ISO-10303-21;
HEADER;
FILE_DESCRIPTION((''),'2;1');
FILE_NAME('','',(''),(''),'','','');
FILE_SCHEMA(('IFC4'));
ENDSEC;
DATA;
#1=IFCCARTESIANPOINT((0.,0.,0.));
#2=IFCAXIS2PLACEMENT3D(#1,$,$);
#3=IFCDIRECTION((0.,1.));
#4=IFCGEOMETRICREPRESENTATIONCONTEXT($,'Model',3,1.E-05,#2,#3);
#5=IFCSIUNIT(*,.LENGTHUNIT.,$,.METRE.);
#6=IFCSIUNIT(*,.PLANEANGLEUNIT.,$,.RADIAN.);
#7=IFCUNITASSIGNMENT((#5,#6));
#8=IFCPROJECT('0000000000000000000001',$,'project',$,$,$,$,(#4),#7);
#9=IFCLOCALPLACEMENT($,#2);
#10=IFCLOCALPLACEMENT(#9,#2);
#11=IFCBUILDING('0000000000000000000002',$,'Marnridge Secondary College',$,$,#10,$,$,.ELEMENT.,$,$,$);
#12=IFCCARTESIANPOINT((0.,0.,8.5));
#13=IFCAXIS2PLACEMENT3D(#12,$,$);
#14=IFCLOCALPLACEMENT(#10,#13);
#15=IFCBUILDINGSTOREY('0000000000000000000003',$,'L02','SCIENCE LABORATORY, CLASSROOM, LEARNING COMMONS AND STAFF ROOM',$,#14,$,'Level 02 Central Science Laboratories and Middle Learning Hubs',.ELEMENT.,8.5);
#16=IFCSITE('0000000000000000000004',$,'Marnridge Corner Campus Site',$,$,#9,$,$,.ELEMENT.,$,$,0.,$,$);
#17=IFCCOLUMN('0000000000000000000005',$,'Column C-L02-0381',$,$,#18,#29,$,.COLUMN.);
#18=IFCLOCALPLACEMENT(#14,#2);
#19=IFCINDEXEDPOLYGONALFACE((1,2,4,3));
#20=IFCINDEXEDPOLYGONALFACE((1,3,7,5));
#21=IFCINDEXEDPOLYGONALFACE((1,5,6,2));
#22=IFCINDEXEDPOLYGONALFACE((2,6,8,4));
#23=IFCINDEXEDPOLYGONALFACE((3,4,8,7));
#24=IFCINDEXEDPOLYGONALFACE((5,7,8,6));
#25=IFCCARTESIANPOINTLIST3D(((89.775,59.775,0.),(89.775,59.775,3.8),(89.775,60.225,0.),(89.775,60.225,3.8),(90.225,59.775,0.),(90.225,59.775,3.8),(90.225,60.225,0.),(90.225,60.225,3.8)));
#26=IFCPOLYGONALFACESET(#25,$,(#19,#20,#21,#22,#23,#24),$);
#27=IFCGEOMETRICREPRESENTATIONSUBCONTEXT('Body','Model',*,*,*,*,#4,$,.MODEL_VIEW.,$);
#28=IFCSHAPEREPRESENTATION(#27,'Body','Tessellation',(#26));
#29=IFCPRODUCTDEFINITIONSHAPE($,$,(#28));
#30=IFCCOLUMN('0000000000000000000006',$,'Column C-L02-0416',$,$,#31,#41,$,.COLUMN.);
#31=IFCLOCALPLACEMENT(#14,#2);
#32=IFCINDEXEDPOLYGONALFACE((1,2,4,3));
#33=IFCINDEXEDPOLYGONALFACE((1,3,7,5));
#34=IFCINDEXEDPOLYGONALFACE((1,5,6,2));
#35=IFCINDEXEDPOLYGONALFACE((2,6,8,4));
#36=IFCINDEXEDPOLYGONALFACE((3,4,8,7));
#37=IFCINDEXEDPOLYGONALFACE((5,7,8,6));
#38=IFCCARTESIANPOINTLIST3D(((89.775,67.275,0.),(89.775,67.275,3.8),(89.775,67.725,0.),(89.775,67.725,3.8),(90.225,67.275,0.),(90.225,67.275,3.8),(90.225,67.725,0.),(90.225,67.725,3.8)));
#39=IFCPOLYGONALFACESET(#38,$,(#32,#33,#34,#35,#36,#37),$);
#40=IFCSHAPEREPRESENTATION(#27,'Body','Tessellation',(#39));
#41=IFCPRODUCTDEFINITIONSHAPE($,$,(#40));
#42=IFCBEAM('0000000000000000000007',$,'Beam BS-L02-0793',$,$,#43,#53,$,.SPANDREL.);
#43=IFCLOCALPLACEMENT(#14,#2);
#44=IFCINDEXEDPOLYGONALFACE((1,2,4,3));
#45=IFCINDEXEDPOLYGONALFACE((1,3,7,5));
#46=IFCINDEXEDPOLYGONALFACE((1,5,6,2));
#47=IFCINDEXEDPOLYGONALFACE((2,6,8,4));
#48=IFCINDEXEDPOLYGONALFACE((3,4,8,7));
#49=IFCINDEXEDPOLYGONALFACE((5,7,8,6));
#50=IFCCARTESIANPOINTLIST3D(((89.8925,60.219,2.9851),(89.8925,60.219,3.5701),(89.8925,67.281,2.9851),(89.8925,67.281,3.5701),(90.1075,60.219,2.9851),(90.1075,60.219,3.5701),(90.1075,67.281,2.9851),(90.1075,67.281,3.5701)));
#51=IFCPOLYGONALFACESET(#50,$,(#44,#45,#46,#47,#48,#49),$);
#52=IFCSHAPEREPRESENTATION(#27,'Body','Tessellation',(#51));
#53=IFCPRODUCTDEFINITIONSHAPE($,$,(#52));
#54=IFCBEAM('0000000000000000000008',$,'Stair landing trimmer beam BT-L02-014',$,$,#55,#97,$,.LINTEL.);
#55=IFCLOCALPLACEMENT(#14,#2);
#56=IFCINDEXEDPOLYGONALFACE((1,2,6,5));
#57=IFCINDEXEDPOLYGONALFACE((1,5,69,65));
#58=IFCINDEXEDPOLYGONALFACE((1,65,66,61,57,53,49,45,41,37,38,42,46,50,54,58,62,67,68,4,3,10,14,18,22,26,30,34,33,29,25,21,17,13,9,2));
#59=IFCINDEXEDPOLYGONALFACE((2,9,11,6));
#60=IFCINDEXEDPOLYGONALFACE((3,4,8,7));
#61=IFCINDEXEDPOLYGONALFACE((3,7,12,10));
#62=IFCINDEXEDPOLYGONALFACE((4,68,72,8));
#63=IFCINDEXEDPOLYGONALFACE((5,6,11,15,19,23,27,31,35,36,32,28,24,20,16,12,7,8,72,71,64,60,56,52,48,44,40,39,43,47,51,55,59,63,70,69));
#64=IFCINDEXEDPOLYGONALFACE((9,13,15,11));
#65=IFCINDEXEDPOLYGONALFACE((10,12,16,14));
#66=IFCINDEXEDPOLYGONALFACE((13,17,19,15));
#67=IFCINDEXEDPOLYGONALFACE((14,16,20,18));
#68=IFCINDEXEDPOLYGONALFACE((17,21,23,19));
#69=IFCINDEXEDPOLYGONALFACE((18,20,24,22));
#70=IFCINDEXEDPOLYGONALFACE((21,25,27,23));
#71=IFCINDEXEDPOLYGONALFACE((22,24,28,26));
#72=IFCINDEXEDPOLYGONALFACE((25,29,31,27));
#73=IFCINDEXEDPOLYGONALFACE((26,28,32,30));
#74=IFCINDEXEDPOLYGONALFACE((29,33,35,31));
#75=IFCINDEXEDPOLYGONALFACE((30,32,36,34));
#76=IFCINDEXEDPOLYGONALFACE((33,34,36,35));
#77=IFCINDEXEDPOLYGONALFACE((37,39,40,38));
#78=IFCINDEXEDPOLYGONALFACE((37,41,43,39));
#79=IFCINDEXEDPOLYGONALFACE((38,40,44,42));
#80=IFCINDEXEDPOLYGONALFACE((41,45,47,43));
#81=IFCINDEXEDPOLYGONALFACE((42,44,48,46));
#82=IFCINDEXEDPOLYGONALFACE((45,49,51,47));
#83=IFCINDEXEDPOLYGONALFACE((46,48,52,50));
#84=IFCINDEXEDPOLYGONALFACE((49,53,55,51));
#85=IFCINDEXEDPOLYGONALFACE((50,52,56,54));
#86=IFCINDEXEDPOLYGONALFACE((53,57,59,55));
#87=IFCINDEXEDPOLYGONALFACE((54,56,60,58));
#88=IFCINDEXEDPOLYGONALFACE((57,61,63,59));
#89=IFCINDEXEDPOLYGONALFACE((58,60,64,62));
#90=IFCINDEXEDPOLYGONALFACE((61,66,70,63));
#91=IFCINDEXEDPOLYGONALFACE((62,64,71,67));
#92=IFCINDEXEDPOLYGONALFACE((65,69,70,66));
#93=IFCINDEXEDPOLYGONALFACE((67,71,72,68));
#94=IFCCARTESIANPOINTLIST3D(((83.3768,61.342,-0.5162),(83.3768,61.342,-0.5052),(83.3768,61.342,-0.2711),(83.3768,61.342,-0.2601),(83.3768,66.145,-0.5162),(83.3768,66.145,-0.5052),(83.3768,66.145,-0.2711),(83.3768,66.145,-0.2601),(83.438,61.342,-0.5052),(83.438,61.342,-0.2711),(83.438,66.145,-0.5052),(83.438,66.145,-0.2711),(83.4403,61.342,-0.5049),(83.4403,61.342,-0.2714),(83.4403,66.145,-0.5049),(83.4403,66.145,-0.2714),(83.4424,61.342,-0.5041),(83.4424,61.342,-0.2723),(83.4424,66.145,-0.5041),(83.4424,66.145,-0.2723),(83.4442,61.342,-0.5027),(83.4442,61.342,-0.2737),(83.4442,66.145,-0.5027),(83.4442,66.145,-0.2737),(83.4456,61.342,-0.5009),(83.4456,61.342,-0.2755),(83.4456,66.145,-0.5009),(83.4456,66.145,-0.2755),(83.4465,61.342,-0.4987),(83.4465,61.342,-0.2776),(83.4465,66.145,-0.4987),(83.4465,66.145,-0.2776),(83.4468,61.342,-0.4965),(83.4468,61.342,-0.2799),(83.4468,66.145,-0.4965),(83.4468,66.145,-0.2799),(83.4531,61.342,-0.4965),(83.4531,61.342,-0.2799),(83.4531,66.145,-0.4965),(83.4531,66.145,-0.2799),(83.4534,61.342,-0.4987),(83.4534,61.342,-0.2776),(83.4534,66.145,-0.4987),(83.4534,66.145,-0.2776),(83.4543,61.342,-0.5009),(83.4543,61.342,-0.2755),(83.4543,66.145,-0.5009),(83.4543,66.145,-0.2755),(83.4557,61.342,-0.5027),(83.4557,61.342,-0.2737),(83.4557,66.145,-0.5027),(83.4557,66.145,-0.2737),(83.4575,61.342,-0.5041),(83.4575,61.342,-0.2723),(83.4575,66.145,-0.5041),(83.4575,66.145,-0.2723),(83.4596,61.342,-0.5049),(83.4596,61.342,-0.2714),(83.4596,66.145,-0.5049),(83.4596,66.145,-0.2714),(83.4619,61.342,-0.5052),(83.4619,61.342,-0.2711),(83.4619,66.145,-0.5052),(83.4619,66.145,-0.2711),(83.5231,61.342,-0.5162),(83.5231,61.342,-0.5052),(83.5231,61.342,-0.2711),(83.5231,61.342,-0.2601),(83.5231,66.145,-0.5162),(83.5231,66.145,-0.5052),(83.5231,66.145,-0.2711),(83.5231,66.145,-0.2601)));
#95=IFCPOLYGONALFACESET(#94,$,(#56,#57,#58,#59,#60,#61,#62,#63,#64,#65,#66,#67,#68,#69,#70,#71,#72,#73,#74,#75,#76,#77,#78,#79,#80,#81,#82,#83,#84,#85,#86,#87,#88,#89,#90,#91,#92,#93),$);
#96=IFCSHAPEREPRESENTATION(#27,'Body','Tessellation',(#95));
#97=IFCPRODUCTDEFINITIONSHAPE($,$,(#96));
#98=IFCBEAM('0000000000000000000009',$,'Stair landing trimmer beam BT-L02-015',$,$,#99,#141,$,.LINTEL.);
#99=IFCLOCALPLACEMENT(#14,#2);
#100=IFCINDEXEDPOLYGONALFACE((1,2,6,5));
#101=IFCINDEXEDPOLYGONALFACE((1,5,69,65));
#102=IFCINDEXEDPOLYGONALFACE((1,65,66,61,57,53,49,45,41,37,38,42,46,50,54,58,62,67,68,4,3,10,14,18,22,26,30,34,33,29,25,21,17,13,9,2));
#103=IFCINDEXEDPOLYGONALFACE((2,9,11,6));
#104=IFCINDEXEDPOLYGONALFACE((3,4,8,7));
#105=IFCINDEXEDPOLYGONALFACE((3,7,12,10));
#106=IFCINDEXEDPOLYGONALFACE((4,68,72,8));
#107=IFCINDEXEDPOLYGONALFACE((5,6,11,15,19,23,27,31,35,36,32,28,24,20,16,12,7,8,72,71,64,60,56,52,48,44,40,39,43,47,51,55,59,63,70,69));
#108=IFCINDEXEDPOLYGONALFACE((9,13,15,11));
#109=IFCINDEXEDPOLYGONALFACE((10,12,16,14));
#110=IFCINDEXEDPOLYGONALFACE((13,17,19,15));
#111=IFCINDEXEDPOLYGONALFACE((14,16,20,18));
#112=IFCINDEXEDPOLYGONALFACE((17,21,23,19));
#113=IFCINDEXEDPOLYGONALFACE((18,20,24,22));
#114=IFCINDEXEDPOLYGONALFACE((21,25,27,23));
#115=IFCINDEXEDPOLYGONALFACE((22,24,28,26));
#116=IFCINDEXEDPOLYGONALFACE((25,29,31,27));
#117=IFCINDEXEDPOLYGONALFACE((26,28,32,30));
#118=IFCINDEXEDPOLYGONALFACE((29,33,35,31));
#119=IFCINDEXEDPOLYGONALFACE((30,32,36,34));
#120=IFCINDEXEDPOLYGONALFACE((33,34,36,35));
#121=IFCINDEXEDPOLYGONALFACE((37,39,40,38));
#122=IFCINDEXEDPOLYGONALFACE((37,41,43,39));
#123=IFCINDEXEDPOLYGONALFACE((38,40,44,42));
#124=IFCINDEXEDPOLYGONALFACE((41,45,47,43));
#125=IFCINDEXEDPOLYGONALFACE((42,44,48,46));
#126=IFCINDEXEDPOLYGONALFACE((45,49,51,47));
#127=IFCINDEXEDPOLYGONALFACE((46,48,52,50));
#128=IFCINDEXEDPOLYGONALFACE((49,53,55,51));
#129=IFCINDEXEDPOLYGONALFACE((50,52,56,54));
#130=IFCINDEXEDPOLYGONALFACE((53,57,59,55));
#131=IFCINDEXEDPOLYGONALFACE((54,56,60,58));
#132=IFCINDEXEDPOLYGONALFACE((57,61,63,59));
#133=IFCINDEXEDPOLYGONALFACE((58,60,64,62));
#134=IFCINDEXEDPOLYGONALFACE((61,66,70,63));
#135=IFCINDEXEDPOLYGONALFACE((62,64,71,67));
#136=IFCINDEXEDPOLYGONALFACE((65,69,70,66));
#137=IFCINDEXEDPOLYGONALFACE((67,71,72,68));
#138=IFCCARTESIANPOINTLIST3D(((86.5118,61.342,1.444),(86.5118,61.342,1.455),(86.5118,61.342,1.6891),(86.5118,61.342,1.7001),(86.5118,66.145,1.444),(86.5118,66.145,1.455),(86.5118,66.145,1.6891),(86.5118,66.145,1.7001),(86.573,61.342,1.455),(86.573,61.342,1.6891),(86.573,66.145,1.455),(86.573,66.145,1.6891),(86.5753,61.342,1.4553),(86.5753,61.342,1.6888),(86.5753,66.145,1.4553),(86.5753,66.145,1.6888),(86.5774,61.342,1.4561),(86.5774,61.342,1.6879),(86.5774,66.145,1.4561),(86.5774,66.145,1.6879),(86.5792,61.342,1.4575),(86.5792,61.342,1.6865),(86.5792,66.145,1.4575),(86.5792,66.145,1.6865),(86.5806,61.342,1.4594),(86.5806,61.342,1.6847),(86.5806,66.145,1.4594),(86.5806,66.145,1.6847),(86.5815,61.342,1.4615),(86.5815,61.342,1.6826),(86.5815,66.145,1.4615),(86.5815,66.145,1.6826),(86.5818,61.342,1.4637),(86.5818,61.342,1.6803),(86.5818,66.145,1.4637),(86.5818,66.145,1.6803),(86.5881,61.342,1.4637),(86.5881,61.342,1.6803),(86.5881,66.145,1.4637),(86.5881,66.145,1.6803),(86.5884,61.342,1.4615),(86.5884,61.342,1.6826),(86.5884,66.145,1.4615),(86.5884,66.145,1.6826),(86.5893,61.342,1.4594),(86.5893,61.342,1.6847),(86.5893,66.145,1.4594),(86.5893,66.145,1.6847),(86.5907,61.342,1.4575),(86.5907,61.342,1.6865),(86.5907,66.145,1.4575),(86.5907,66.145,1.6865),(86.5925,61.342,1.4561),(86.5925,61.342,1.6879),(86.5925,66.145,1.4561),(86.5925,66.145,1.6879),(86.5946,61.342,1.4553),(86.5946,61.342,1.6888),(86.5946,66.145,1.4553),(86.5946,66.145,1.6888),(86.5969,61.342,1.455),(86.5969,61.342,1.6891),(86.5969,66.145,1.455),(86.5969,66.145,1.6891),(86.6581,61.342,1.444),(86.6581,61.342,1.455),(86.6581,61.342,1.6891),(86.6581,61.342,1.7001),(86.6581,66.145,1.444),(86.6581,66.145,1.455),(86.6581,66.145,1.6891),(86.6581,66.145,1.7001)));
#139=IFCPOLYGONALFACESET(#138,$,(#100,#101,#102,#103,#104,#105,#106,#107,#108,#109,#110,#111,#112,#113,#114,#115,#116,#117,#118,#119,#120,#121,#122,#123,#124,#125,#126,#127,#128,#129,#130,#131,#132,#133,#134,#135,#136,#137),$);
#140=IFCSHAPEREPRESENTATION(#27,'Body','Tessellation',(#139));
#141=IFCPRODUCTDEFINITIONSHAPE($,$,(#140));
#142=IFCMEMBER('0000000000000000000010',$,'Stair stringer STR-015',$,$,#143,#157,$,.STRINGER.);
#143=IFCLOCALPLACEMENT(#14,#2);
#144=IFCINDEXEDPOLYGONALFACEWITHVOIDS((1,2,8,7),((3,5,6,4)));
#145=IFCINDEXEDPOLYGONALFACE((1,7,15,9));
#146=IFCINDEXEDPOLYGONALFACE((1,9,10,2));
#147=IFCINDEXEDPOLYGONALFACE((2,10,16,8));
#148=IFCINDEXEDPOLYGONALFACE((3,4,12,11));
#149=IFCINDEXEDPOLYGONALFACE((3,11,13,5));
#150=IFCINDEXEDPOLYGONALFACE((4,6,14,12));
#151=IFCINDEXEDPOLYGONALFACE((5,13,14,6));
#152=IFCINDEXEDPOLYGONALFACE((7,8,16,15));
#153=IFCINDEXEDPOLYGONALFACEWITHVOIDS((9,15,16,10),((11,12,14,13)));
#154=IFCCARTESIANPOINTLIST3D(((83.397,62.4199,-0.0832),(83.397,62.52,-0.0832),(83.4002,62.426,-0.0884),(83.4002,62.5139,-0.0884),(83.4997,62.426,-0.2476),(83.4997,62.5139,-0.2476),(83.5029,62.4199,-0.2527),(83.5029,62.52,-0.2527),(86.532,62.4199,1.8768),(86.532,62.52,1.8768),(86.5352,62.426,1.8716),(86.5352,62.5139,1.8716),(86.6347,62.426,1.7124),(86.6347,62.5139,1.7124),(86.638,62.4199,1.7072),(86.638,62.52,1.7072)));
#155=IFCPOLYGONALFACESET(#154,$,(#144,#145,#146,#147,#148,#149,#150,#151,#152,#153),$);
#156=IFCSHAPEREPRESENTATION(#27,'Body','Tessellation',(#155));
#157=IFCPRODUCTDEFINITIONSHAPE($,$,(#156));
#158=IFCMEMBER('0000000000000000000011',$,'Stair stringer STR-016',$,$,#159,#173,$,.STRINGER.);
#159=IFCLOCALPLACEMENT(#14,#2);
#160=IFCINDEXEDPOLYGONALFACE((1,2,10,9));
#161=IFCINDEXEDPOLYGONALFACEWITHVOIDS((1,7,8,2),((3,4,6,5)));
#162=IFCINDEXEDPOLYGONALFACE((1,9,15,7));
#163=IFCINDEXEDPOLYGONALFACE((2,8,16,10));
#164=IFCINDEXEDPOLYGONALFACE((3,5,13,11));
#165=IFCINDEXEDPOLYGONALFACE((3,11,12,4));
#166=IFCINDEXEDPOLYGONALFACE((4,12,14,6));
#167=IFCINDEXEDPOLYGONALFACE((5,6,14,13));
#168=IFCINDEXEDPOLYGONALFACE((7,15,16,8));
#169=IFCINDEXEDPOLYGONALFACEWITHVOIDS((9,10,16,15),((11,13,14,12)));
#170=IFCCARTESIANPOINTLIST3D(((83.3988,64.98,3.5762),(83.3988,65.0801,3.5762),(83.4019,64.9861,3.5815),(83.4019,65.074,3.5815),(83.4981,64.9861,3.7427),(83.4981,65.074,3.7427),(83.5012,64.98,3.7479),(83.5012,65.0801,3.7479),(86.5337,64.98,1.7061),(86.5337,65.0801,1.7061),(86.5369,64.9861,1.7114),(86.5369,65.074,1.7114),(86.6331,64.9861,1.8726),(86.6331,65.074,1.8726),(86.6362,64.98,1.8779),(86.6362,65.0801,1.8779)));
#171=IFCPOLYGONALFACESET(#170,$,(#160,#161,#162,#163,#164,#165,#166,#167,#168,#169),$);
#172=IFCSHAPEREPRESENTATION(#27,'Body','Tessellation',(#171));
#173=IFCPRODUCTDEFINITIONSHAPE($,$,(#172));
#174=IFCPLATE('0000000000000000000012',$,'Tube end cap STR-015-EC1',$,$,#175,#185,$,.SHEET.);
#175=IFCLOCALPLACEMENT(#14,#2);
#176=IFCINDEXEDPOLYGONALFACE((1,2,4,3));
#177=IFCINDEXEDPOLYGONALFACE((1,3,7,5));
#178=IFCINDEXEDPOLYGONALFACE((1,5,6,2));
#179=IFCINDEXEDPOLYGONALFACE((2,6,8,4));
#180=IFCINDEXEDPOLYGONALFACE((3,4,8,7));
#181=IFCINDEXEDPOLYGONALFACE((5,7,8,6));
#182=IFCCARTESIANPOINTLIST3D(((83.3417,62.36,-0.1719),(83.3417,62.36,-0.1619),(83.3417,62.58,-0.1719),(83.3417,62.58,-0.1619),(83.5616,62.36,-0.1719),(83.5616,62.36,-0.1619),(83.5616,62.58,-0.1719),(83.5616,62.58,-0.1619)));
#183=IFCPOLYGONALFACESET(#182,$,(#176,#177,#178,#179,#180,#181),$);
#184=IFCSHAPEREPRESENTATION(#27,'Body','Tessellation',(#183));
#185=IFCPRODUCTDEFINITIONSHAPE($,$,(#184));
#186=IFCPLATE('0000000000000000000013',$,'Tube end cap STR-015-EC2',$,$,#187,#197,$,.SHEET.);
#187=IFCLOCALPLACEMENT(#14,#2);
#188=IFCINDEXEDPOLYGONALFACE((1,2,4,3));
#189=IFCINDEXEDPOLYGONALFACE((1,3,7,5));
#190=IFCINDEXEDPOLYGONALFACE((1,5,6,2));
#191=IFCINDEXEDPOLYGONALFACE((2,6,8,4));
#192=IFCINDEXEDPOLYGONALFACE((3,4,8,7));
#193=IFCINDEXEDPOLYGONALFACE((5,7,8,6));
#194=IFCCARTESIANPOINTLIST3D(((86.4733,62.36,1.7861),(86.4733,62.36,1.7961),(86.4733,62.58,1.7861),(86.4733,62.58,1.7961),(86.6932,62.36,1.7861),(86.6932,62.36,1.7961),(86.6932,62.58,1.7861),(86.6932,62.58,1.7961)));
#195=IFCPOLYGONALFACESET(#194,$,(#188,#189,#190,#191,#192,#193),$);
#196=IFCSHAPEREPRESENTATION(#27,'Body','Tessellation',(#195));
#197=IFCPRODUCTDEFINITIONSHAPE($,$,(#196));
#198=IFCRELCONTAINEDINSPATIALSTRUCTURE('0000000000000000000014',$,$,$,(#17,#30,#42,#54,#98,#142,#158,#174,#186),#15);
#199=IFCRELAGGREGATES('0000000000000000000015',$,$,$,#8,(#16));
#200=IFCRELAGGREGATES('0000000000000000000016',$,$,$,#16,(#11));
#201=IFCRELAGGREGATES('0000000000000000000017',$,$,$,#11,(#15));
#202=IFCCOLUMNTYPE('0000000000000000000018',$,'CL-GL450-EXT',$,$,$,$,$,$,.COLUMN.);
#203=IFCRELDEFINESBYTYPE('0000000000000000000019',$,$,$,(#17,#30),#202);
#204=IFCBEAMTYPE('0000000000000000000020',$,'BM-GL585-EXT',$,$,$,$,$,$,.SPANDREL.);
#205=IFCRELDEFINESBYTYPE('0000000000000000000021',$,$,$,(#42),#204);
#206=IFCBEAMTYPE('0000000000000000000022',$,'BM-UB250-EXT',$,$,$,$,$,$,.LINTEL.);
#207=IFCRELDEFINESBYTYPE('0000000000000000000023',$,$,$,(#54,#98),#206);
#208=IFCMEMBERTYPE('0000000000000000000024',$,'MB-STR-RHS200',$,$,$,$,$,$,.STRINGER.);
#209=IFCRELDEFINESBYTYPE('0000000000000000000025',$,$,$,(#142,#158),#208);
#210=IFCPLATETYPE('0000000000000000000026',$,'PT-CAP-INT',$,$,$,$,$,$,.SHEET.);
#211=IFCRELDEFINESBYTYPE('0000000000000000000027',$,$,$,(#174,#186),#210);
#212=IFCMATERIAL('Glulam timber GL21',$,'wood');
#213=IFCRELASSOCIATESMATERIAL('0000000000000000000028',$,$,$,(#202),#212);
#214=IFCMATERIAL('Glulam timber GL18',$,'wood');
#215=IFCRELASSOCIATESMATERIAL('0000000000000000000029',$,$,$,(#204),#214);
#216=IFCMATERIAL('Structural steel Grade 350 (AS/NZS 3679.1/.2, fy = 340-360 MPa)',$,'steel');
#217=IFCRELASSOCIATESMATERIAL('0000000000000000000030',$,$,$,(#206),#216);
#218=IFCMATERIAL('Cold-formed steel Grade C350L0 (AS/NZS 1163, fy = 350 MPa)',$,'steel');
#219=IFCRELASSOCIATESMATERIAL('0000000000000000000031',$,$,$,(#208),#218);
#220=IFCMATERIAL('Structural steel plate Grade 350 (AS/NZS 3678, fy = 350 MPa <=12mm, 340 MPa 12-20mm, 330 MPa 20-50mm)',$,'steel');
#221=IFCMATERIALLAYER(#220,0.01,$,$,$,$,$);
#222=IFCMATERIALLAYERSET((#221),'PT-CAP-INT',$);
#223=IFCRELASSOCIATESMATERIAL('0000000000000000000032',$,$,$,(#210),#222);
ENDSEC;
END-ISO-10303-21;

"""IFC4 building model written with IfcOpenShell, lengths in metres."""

from ifc_helpers import new_model, si_unit, direction, frame, origin, origin_2d, place, context, subcontext, project, spatial, rectangle, hollow_rectangle, i_section, extrude, material, layer, layer_set, material_profile, profile_set, type_object, element, save


model = new_model("IFC4")

# Units and contexts
model_context = context("Model", 3, precision=1e-05, world=origin(), true_north=direction((0.0, 1.0)))
body_context = subcontext(model_context, "Body", "Model", "MODEL_VIEW")
ifc_project = project(units=[si_unit("LENGTHUNIT", "METRE"), si_unit("PLANEANGLEUNIT", "RADIAN")], contexts=[model_context])

# Site, building, storey
site_placement = place(None, origin())
site = spatial("IfcSite", under=ifc_project, at=site_placement, Name="Marnridge Corner Campus Site", CompositionType="ELEMENT", RefElevation=0.0)
building_placement = place(site_placement, origin())
building = spatial("IfcBuilding", under=site, at=building_placement, Name="Marnridge Secondary College", CompositionType="ELEMENT")
storey_placement = place(building_placement, frame((0.0, 0.0, 8.5)))
storey = spatial("IfcBuildingStorey", under=building, at=storey_placement, Name="L02", Description="SCIENCE LABORATORY, CLASSROOM, LEARNING COMMONS AND STAFF ROOM", LongName="Level 02 Central Science Laboratories and Middle Learning Hubs", CompositionType="ELEMENT", Elevation=8.5)

# Columns
ifc_material_1 = material(Name="Glulam timber GL21", Category="wood")
ifc_material_profile_1 = material_profile(ifc_material_1, rectangle(XDim=0.45, YDim=0.45, at=origin_2d()), Name="GL21 450x450")
ifc_profile_set_1 = profile_set([ifc_material_profile_1], Name="Glulam timber GL21")
column_type = type_object("IfcColumnType", Name="CL-GL450-EXT", PredefinedType="COLUMN", material=ifc_profile_set_1)
for number, where, z_axis, x_axis, name in (
    (1, (90.0, 60.0, 0.0), (0.0, 0.0, 1.0), (1.0, 0.0, 0.0), "Column C-L02-0381"),
    (2, (90.0, 67.5, 0.0), (0.0, 0.0, 1.0), (1.0, 0.0, 0.0), "Column C-L02-0416"),
):
    element("IfcColumn", number, at=place(storey_placement, frame(where, z_axis=z_axis, x_axis=x_axis)), inside=storey, type_object=column_type, Name=name, PredefinedType="COLUMN", context=body_context, shape_type="SweptSolid", body=[
        extrude(rectangle(XDim=0.45, YDim=0.45, at=origin_2d()), origin(), (0.0, 0.0, 1.0), 3.8),
    ])

# Beams
ifc_material_2 = material(Name="Glulam timber GL18", Category="wood")
ifc_material_profile_2 = material_profile(ifc_material_2, rectangle(XDim=0.2151, YDim=0.585, at=origin_2d()), Name="GL18 215x585")
ifc_profile_set_2 = profile_set([ifc_material_profile_2], Name="Glulam timber GL18")
beam_type_1 = type_object("IfcBeamType", Name="BM-GL585-EXT", PredefinedType="SPANDREL", material=ifc_profile_set_2)
beam_placement = place(storey_placement, frame((90.0, 60.219, 3.2776), z_axis=(0.0, 1.0, 0.0), x_axis=(-1.0, 0.0, 0.0)))
element("IfcBeam", 3, at=beam_placement, inside=storey, type_object=beam_type_1, Name="Beam BS-L02-0793", PredefinedType="SPANDREL", context=body_context, shape_type="SweptSolid", body=[
    extrude(rectangle(XDim=0.2151, YDim=0.585, at=origin_2d()), origin(), (0.0, 0.0, 1.0), 7.062),
])
ifc_material_3 = material(Name="Structural steel Grade 350 (AS/NZS 3679.1/.2, fy = 340-360 MPa)", Category="steel")
ifc_material_profile_3 = material_profile(ifc_material_3, i_section(OverallWidth=0.1462, OverallDepth=0.2561, WebThickness=0.0063, FlangeThickness=0.011, FilletRadius=0.0088, at=origin_2d()), Name="250UB37.3")
ifc_profile_set_3 = profile_set([ifc_material_profile_3], Name="Structural steel Grade 350 (AS/NZS 3679.1/.2, fy = 340-360 MPa)")
beam_type_2 = type_object("IfcBeamType", Name="BM-UB250-EXT", PredefinedType="LINTEL", material=ifc_profile_set_3)
for number, where, z_axis, x_axis, name in (
    (4, (83.45, 61.342, -0.3882), (0.0, 1.0, 0.0), (-1.0, 0.0, 0.0), "Stair landing trimmer beam BT-L02-014"),
    (5, (86.585, 61.342, 1.572), (0.0, 1.0, 0.0), (-1.0, 0.0, 0.0), "Stair landing trimmer beam BT-L02-015"),
):
    element("IfcBeam", number, at=place(storey_placement, frame(where, z_axis=z_axis, x_axis=x_axis)), inside=storey, type_object=beam_type_2, Name=name, PredefinedType="LINTEL", context=body_context, shape_type="SweptSolid", body=[
        extrude(i_section(OverallWidth=0.1462, OverallDepth=0.2561, WebThickness=0.0063, FlangeThickness=0.011, FilletRadius=0.0088, at=origin_2d()), origin(), (0.0, 0.0, 1.0), 4.803),
    ])

# Members
ifc_material_4 = material(Name="Cold-formed steel Grade C350L0 (AS/NZS 1163, fy = 350 MPa)", Category="steel")
ifc_material_profile_4 = material_profile(ifc_material_4, hollow_rectangle(XDim=0.1001, YDim=0.2, WallThickness=0.0061, at=origin_2d()), Name="200x100x6.0RHS")
ifc_profile_set_4 = profile_set([ifc_material_profile_4], Name="Cold-formed steel Grade C350L0 (AS/NZS 1163, fy = 350 MPa)")
member_type = type_object("IfcMemberType", Name="MB-STR-RHS200", PredefinedType="STRINGER", material=ifc_profile_set_4)
member_1_placement = place(storey_placement, frame((83.45, 62.47, -0.168), z_axis=(0.847928, 0.0, 0.530112), x_axis=(0.0, 1.0, 0.0)))
element("IfcMember", 6, at=member_1_placement, inside=storey, type_object=member_type, Name="Stair stringer STR-015", PredefinedType="STRINGER", context=body_context, shape_type="SweptSolid", body=[
    extrude(hollow_rectangle(XDim=0.1001, YDim=0.2, WallThickness=0.0061, at=origin_2d()), origin(), (0.0, 0.0, 1.0), 3.6973),
])
member_2_placement = place(storey_placement, frame((86.585, 65.03, 1.792), z_axis=(-0.858806, 0.0, 0.512301), x_axis=(0.0, -1.0, 0.0)))
element("IfcMember", 7, at=member_2_placement, inside=storey, type_object=member_type, Name="Stair stringer STR-016", PredefinedType="STRINGER", context=body_context, shape_type="SweptSolid", body=[
    extrude(hollow_rectangle(XDim=0.1001, YDim=0.2, WallThickness=0.0061, at=origin_2d()), origin(), (0.0, 0.0, 1.0), 3.6504),
])

# Plates
ifc_material_5 = material(Name="Structural steel plate Grade 350 (AS/NZS 3678, fy = 350 MPa <=12mm, 340 MPa 12-20mm, 330 MPa 20-50mm)", Category="steel")
ifc_layer_1 = layer(ifc_material_5, 0.01)
ifc_layer_set_1 = layer_set([ifc_layer_1], Name="PT-CAP-INT")
plate_type = type_object("IfcPlateType", Name="PT-CAP-INT", PredefinedType="SHEET", material=ifc_layer_set_1)
for number, where, z_axis, x_axis, name in (
    (8, (83.4517, 62.47, -0.1719), (0.0, 0.0, 1.0), (1.0, 0.0, 0.0), "Tube end cap STR-015-EC1"),
    (9, (86.5833, 62.47, 1.7861), (0.0, 0.0, 1.0), (1.0, 0.0, 0.0), "Tube end cap STR-015-EC2"),
):
    element("IfcPlate", number, at=place(storey_placement, frame(where, z_axis=z_axis, x_axis=x_axis)), inside=storey, type_object=plate_type, Name=name, PredefinedType="SHEET", context=body_context, shape_type="SweptSolid", body=[
        extrude(rectangle(XDim=0.22, YDim=0.22, at=origin_2d()), origin(), (0.0, 0.0, 1.0), 0.01),
    ])

save(model, "model.ifc")
